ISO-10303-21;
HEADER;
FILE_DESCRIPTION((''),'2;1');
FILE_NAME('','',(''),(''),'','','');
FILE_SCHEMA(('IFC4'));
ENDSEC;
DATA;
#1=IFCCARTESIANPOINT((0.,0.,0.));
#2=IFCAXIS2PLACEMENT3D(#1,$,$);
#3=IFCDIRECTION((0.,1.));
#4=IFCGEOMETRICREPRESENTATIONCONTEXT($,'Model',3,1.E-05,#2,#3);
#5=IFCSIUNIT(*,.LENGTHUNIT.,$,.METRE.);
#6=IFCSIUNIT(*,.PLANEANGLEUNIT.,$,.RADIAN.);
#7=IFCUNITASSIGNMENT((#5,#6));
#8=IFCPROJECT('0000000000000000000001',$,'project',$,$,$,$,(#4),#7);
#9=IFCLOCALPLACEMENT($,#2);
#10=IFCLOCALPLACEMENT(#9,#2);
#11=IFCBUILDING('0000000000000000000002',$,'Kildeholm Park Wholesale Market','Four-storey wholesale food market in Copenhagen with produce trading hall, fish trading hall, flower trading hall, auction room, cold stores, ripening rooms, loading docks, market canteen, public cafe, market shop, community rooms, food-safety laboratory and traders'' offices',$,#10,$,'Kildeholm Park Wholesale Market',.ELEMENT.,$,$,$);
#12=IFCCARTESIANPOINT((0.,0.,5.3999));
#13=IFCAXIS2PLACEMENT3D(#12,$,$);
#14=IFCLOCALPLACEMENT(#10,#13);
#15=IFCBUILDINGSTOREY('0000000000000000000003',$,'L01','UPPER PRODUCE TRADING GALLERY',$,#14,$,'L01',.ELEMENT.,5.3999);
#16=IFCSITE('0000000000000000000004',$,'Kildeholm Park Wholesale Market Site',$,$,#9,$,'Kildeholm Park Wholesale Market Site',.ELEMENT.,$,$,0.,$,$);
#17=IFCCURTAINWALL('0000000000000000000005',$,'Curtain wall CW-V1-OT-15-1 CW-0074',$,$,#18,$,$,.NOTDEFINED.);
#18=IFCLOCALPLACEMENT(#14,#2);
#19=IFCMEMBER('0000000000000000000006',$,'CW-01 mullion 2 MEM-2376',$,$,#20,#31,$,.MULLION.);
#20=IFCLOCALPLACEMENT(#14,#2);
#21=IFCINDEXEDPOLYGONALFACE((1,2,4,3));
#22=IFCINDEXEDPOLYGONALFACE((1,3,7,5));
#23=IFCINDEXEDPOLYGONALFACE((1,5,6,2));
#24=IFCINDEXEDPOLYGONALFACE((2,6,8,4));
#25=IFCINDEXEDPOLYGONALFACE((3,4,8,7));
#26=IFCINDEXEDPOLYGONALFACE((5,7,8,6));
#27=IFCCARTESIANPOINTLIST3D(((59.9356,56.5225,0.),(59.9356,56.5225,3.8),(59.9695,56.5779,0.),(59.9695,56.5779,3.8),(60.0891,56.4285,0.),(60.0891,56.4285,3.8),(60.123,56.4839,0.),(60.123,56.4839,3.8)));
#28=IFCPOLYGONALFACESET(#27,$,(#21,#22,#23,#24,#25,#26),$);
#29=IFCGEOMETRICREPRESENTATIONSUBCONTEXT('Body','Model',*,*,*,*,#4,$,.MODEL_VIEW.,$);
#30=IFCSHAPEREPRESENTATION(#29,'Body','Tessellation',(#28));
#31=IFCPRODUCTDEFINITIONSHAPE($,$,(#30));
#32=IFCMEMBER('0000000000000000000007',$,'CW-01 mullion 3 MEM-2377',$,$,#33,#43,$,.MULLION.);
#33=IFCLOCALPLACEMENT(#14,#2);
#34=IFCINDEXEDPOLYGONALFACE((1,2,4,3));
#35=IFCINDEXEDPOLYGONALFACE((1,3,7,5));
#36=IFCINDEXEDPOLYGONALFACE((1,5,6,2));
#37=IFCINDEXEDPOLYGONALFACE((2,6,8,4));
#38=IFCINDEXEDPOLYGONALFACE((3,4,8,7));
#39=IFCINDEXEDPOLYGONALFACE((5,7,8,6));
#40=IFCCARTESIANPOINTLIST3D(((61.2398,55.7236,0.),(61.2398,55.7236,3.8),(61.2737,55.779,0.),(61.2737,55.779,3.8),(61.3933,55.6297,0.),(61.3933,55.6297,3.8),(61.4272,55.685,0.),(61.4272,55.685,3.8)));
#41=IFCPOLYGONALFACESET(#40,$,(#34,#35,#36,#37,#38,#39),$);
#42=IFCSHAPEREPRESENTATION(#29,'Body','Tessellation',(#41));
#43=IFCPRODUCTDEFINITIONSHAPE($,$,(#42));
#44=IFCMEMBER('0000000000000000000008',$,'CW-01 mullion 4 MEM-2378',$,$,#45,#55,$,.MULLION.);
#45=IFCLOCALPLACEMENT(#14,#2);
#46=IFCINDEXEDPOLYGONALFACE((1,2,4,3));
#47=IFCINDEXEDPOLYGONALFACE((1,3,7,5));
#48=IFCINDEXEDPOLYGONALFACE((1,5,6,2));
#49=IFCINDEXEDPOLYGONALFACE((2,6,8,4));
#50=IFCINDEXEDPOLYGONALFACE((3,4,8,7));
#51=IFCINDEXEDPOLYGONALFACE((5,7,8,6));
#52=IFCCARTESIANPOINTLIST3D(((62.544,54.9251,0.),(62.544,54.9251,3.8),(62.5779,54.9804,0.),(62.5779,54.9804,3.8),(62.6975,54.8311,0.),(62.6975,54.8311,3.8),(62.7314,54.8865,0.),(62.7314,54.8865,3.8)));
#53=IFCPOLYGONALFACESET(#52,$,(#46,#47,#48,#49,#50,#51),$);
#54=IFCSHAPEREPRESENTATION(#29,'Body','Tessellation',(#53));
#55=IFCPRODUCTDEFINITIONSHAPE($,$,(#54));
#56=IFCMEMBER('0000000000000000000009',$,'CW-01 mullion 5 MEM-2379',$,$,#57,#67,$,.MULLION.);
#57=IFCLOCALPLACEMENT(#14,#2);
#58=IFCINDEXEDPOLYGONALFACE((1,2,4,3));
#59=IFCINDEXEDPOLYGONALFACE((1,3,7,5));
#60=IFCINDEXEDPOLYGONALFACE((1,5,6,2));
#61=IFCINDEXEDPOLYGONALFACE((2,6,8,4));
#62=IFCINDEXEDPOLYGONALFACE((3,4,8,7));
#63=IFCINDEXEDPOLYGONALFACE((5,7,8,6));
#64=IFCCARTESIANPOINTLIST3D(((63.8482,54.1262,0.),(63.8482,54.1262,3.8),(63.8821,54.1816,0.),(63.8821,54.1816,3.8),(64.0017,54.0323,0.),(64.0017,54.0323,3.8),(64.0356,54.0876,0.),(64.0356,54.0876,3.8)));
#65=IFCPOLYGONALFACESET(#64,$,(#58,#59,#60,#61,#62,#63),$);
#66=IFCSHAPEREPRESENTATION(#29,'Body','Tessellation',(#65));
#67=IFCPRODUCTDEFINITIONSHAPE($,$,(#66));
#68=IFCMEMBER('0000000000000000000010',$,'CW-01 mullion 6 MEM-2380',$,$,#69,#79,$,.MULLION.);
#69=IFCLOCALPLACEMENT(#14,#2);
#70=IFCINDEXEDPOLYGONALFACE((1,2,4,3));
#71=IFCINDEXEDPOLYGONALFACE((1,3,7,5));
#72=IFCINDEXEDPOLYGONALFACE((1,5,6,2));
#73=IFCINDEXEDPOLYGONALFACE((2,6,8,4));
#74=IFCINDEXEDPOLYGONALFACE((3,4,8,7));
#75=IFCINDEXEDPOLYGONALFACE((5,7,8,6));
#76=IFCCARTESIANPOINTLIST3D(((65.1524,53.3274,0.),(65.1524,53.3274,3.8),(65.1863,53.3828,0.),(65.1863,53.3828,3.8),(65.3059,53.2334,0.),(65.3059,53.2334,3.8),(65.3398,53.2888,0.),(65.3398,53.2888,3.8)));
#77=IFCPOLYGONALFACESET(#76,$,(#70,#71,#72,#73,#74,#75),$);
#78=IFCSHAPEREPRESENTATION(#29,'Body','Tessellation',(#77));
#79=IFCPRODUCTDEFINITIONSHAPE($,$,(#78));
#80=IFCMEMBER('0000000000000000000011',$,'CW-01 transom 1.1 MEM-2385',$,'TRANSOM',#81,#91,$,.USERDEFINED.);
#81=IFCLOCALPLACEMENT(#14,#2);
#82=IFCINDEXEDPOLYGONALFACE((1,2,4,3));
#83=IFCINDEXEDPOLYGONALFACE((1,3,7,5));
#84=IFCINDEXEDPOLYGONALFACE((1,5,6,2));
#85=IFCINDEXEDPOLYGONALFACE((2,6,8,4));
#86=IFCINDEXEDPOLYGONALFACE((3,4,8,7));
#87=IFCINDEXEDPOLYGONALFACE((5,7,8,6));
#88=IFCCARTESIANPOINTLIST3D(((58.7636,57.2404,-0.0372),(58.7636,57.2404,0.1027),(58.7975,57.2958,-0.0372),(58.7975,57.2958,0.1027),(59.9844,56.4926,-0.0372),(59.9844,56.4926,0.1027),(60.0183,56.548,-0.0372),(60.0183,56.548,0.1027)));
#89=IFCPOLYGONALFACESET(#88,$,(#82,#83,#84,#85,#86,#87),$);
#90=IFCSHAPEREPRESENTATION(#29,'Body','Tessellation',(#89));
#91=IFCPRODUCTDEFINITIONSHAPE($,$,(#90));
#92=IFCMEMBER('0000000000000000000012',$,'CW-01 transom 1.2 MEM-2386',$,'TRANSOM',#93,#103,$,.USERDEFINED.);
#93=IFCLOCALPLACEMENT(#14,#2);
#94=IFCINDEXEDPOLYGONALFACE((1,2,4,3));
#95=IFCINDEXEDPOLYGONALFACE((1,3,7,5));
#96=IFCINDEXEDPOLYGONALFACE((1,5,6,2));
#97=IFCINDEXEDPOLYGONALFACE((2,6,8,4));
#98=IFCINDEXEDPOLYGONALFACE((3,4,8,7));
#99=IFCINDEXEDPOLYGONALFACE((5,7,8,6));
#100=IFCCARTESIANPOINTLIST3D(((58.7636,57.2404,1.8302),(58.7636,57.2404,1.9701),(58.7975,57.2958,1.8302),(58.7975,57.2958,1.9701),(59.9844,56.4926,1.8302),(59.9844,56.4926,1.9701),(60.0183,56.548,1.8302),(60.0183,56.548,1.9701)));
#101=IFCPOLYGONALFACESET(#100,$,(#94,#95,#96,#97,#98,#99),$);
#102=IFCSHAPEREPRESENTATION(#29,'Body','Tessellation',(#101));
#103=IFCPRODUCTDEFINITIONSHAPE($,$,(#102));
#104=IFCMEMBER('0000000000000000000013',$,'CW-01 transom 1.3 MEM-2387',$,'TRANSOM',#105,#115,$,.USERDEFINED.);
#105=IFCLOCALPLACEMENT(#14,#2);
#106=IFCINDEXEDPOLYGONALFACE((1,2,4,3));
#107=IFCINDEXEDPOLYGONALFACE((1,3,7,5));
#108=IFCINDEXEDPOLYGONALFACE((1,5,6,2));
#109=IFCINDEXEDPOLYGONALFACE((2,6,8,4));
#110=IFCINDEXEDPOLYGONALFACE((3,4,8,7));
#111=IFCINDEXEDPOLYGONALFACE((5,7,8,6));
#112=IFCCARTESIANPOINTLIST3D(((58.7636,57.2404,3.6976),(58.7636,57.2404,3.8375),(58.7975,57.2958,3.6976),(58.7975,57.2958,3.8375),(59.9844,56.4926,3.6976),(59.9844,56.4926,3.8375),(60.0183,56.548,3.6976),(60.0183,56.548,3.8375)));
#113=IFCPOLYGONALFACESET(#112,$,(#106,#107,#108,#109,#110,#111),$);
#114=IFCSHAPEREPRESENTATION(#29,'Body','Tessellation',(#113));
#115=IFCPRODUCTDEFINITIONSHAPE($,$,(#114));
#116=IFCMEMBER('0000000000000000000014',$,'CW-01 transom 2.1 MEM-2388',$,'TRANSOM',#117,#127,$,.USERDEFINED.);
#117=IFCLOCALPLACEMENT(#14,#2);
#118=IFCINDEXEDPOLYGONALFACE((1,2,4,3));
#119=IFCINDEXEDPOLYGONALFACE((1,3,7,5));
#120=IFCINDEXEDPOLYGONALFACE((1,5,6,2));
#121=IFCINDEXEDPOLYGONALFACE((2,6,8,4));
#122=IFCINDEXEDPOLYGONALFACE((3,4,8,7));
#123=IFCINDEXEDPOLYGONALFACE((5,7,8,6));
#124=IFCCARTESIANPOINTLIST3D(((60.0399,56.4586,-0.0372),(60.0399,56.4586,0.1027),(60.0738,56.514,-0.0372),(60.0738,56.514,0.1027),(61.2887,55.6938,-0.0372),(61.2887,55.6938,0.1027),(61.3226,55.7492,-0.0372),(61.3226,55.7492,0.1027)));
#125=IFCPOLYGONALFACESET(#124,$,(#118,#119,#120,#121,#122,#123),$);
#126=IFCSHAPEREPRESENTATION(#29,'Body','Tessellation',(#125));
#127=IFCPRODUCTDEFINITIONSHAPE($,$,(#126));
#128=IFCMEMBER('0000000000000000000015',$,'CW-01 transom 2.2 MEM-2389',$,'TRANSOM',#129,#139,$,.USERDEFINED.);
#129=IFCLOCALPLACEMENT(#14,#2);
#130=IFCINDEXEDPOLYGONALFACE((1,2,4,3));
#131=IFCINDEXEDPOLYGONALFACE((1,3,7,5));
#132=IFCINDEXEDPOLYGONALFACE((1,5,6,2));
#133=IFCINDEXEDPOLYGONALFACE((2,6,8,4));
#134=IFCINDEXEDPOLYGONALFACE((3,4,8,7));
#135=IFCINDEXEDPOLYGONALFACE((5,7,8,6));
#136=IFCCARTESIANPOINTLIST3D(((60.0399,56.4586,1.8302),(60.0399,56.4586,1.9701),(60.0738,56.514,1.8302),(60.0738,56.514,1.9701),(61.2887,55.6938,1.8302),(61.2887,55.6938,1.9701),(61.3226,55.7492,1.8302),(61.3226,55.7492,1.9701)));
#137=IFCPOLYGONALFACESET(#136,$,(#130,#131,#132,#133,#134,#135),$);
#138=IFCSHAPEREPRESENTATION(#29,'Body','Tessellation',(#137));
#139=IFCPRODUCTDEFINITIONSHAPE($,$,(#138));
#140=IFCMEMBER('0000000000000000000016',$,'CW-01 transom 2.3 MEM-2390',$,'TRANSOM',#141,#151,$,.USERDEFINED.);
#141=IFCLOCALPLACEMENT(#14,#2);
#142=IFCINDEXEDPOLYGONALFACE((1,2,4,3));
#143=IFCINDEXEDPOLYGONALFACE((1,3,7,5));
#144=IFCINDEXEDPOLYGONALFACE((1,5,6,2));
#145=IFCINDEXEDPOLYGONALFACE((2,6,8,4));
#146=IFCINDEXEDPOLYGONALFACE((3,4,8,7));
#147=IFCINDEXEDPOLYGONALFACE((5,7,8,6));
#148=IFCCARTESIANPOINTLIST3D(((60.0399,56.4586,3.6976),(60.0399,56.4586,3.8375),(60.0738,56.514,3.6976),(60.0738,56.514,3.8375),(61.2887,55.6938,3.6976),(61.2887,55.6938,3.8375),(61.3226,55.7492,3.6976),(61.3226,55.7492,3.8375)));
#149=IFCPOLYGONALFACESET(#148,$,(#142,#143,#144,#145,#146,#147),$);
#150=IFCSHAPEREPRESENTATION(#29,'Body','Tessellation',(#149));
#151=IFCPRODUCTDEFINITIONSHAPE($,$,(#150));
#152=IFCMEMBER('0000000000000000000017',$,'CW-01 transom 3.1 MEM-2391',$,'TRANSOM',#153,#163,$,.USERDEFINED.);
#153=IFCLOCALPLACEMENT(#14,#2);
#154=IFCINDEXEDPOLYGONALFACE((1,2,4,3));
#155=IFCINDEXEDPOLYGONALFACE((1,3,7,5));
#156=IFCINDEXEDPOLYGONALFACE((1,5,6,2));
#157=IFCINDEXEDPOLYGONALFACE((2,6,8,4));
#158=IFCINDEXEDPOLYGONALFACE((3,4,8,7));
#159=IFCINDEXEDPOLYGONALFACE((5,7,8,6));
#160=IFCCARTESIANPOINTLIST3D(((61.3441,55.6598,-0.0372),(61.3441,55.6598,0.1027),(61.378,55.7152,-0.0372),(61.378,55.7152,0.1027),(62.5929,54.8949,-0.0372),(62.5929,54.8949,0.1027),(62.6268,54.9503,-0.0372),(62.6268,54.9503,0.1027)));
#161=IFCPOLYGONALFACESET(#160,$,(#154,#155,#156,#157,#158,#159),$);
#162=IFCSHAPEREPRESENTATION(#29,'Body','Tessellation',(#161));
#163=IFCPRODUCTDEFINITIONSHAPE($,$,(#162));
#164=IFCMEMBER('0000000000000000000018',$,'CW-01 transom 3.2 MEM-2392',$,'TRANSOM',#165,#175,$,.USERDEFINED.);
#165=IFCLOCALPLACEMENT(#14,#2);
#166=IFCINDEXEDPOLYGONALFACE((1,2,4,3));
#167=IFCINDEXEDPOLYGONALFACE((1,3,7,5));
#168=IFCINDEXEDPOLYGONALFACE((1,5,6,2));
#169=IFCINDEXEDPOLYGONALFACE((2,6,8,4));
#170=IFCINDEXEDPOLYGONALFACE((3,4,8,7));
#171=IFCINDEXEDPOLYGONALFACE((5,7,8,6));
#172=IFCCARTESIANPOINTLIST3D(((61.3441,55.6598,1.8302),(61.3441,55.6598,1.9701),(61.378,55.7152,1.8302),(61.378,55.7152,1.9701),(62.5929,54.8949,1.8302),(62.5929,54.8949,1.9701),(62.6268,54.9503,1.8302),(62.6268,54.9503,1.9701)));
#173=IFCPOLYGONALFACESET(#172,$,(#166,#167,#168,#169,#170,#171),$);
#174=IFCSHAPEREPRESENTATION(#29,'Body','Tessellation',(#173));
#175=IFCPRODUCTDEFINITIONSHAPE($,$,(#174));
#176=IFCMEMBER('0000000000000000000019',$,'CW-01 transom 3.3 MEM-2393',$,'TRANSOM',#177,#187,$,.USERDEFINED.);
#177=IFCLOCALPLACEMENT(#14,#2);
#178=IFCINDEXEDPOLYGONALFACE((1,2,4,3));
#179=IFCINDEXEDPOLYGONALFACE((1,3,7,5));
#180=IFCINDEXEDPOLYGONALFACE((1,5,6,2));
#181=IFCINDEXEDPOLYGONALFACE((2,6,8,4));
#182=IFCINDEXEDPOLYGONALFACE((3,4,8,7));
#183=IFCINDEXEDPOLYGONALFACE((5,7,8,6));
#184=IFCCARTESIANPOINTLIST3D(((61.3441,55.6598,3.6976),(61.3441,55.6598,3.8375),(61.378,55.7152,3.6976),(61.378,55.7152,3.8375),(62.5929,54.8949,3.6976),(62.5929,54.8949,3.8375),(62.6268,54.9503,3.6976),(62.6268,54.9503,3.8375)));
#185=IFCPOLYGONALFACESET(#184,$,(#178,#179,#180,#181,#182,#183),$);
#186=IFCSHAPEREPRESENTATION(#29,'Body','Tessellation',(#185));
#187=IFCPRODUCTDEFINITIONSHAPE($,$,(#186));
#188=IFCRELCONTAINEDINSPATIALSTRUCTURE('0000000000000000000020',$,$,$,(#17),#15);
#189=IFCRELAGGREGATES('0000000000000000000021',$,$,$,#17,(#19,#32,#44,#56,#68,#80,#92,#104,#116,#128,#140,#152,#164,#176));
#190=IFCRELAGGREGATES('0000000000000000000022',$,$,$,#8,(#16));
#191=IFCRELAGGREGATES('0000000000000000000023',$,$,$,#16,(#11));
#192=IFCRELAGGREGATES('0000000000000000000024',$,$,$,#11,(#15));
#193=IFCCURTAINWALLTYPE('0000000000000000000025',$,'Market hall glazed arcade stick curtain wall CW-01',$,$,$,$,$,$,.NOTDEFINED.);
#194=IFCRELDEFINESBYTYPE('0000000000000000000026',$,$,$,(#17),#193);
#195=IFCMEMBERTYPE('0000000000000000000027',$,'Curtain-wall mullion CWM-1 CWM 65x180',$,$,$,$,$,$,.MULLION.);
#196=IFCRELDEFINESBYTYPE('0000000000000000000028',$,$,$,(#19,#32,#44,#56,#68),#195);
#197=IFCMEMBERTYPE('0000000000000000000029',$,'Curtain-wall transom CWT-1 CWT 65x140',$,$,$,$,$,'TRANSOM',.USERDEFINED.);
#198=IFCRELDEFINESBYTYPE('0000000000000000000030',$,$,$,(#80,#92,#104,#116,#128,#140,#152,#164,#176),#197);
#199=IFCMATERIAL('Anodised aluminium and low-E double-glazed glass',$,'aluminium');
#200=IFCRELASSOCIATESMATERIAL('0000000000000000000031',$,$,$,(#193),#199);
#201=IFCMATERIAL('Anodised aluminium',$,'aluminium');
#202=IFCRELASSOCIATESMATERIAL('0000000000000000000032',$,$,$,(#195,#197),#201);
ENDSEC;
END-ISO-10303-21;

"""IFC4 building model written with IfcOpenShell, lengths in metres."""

from ifc_helpers import new_model, si_unit, direction, frame, origin, origin_2d, place, context, subcontext, project, spatial, rectangle, extrude, material, material_profile, profile_set, type_object, element, aggregate, save


model = new_model("IFC4")

# Units and contexts
model_context = context("Model", 3, precision=1e-05, world=origin(), true_north=direction((0.0, 1.0)))
body_context = subcontext(model_context, "Body", "Model", "MODEL_VIEW")
ifc_project = project(units=[si_unit("LENGTHUNIT", "METRE"), si_unit("PLANEANGLEUNIT", "RADIAN")], contexts=[model_context])

# Site, building, storey
site_placement = place(None, origin())
site = spatial("IfcSite", under=ifc_project, at=site_placement, Name="Kildeholm Park Wholesale Market Site", LongName="Kildeholm Park Wholesale Market Site", CompositionType="ELEMENT", RefElevation=0.0)
building_placement = place(site_placement, origin())
building = spatial("IfcBuilding", under=site, at=building_placement, Name="Kildeholm Park Wholesale Market", Description="Four-storey wholesale food market in Copenhagen with produce trading hall, fish trading hall, flower trading hall, auction room, cold stores, ripening rooms, loading docks, market canteen, public cafe, market shop, community rooms, food-safety laboratory and traders' offices", LongName="Kildeholm Park Wholesale Market", CompositionType="ELEMENT")
storey_placement = place(building_placement, frame((0.0, 0.0, 5.3999)))
storey = spatial("IfcBuildingStorey", under=building, at=storey_placement, Name="L01", Description="UPPER PRODUCE TRADING GALLERY", LongName="L01", CompositionType="ELEMENT", Elevation=5.3999)

# Curtain wall, members
ifc_material_1 = material(Name="Anodised aluminium and low-E double-glazed glass", Category="aluminium")
curtain_wall_type = type_object("IfcCurtainWallType", Name="Market hall glazed arcade stick curtain wall CW-01", PredefinedType="NOTDEFINED", material=ifc_material_1)
curtain_wall_placement = place(storey_placement, origin())
curtain_wall = element("IfcCurtainWall", 1, at=curtain_wall_placement, inside=storey, type_object=curtain_wall_type, Name="Curtain wall CW-V1-OT-15-1 CW-0074", PredefinedType="NOTDEFINED")
ifc_material_2 = material(Name="Anodised aluminium", Category="aluminium")
ifc_material_profile_1 = material_profile(ifc_material_2, rectangle(XDim=0.0649, YDim=0.1799, at=origin_2d()), Name="CWM 65x180")
ifc_profile_set_1 = profile_set([ifc_material_profile_1], Name="Anodised aluminium")
member_type_1 = type_object("IfcMemberType", Name="Curtain-wall mullion CWM-1 CWM 65x180", PredefinedType="MULLION", material=ifc_profile_set_1)
member_1_placement = place(storey_placement, frame((60.0293, 56.5032, 0.0), z_axis=(0.0, 0.0, 1.0), x_axis=(0.522284, 0.852771, 0.0)))
member_1 = element("IfcMember", 2, at=member_1_placement, type_object=member_type_1, Name="CW-01 mullion 2 MEM-2376", PredefinedType="MULLION", context=body_context, shape_type="SweptSolid", body=[
    extrude(rectangle(XDim=0.0649, YDim=0.1799, at=origin_2d()), origin(), (0.0, 0.0, 1.0), 3.8),
])
member_2_placement = place(storey_placement, frame((61.3335, 55.7043, 0.0), z_axis=(0.0, 0.0, 1.0), x_axis=(0.522284, 0.852771, 0.0)))
member_2 = element("IfcMember", 3, at=member_2_placement, type_object=member_type_1, Name="CW-01 mullion 3 MEM-2377", PredefinedType="MULLION", context=body_context, shape_type="SweptSolid", body=[
    extrude(rectangle(XDim=0.0649, YDim=0.1799, at=origin_2d()), origin(), (0.0, 0.0, 1.0), 3.8),
])
member_3_placement = place(storey_placement, frame((62.6377, 54.9058, 0.0), z_axis=(0.0, 0.0, 1.0), x_axis=(0.522284, 0.852771, 0.0)))
member_3 = element("IfcMember", 4, at=member_3_placement, type_object=member_type_1, Name="CW-01 mullion 4 MEM-2378", PredefinedType="MULLION", context=body_context, shape_type="SweptSolid", body=[
    extrude(rectangle(XDim=0.0649, YDim=0.1799, at=origin_2d()), origin(), (0.0, 0.0, 1.0), 3.8),
])
member_4_placement = place(storey_placement, frame((63.9419, 54.1069, 0.0), z_axis=(0.0, 0.0, 1.0), x_axis=(0.522284, 0.852771, 0.0)))
member_4 = element("IfcMember", 5, at=member_4_placement, type_object=member_type_1, Name="CW-01 mullion 5 MEM-2379", PredefinedType="MULLION", context=body_context, shape_type="SweptSolid", body=[
    extrude(rectangle(XDim=0.0649, YDim=0.1799, at=origin_2d()), origin(), (0.0, 0.0, 1.0), 3.8),
])
member_5_placement = place(storey_placement, frame((65.2461, 53.3081, 0.0), z_axis=(0.0, 0.0, 1.0), x_axis=(0.522284, 0.852771, 0.0)))
member_5 = element("IfcMember", 6, at=member_5_placement, type_object=member_type_1, Name="CW-01 mullion 6 MEM-2380", PredefinedType="MULLION", context=body_context, shape_type="SweptSolid", body=[
    extrude(rectangle(XDim=0.0649, YDim=0.1799, at=origin_2d()), origin(), (0.0, 0.0, 1.0), 3.8),
])
ifc_material_profile_2 = material_profile(ifc_material_2, rectangle(XDim=0.0649, YDim=0.1399, at=origin_2d()), Name="CWT 65x140")
ifc_profile_set_2 = profile_set([ifc_material_profile_2], Name="Anodised aluminium")
member_type_2 = type_object("IfcMemberType", Name="Curtain-wall transom CWT-1 CWT 65x140", ElementType="TRANSOM", PredefinedType="USERDEFINED", material=ifc_profile_set_2)
member_6_placement = place(storey_placement, frame((58.7805, 57.2681, 0.0327), z_axis=(0.852763, -0.522298, 0.0), x_axis=(0.522298, 0.852763, 0.0)))
member_6 = element("IfcMember", 7, at=member_6_placement, type_object=member_type_2, Name="CW-01 transom 1.1 MEM-2385", ObjectType="TRANSOM", PredefinedType="USERDEFINED", context=body_context, shape_type="SweptSolid", body=[
    extrude(rectangle(XDim=0.0649, YDim=0.1399, at=origin_2d()), origin(), (0.0, 0.0, 1.0), 1.4316),
])
member_7_placement = place(storey_placement, frame((58.7805, 57.2681, 1.9001), z_axis=(0.852763, -0.522298, 0.0), x_axis=(0.522298, 0.852763, 0.0)))
member_7 = element("IfcMember", 8, at=member_7_placement, type_object=member_type_2, Name="CW-01 transom 1.2 MEM-2386", ObjectType="TRANSOM", PredefinedType="USERDEFINED", context=body_context, shape_type="SweptSolid", body=[
    extrude(rectangle(XDim=0.0649, YDim=0.1399, at=origin_2d()), origin(), (0.0, 0.0, 1.0), 1.4316),
])
member_8_placement = place(storey_placement, frame((58.7805, 57.2681, 3.7676), z_axis=(0.852763, -0.522298, 0.0), x_axis=(0.522298, 0.852763, 0.0)))
member_8 = element("IfcMember", 9, at=member_8_placement, type_object=member_type_2, Name="CW-01 transom 1.3 MEM-2387", ObjectType="TRANSOM", PredefinedType="USERDEFINED", context=body_context, shape_type="SweptSolid", body=[
    extrude(rectangle(XDim=0.0649, YDim=0.1399, at=origin_2d()), origin(), (0.0, 0.0, 1.0), 1.4316),
])
member_9_placement = place(storey_placement, frame((60.0569, 56.4863, 0.0327), z_axis=(0.85275, -0.52232, 0.0), x_axis=(0.52232, 0.85275, 0.0)))
member_9 = element("IfcMember", 10, at=member_9_placement, type_object=member_type_2, Name="CW-01 transom 2.1 MEM-2388", ObjectType="TRANSOM", PredefinedType="USERDEFINED", context=body_context, shape_type="SweptSolid", body=[
    extrude(rectangle(XDim=0.0649, YDim=0.1399, at=origin_2d()), origin(), (0.0, 0.0, 1.0), 1.4644),
])
member_10_placement = place(storey_placement, frame((60.0569, 56.4863, 1.9001), z_axis=(0.85275, -0.52232, 0.0), x_axis=(0.52232, 0.85275, 0.0)))
member_10 = element("IfcMember", 11, at=member_10_placement, type_object=member_type_2, Name="CW-01 transom 2.2 MEM-2389", ObjectType="TRANSOM", PredefinedType="USERDEFINED", context=body_context, shape_type="SweptSolid", body=[
    extrude(rectangle(XDim=0.0649, YDim=0.1399, at=origin_2d()), origin(), (0.0, 0.0, 1.0), 1.4644),
])
member_11_placement = place(storey_placement, frame((60.0569, 56.4863, 3.7676), z_axis=(0.85275, -0.52232, 0.0), x_axis=(0.52232, 0.85275, 0.0)))
member_11 = element("IfcMember", 12, at=member_11_placement, type_object=member_type_2, Name="CW-01 transom 2.3 MEM-2390", ObjectType="TRANSOM", PredefinedType="USERDEFINED", context=body_context, shape_type="SweptSolid", body=[
    extrude(rectangle(XDim=0.0649, YDim=0.1399, at=origin_2d()), origin(), (0.0, 0.0, 1.0), 1.4644),
])
member_12_placement = place(storey_placement, frame((61.3611, 55.6875, 0.0327), z_axis=(0.85275, -0.52232, 0.0), x_axis=(0.52232, 0.85275, 0.0)))
member_12 = element("IfcMember", 13, at=member_12_placement, type_object=member_type_2, Name="CW-01 transom 3.1 MEM-2391", ObjectType="TRANSOM", PredefinedType="USERDEFINED", context=body_context, shape_type="SweptSolid", body=[
    extrude(rectangle(XDim=0.0649, YDim=0.1399, at=origin_2d()), origin(), (0.0, 0.0, 1.0), 1.4644),
])
member_13_placement = place(storey_placement, frame((61.3611, 55.6875, 1.9001), z_axis=(0.85275, -0.52232, 0.0), x_axis=(0.52232, 0.85275, 0.0)))
member_13 = element("IfcMember", 14, at=member_13_placement, type_object=member_type_2, Name="CW-01 transom 3.2 MEM-2392", ObjectType="TRANSOM", PredefinedType="USERDEFINED", context=body_context, shape_type="SweptSolid", body=[
    extrude(rectangle(XDim=0.0649, YDim=0.1399, at=origin_2d()), origin(), (0.0, 0.0, 1.0), 1.4644),
])
member_14_placement = place(storey_placement, frame((61.3611, 55.6875, 3.7676), z_axis=(0.85275, -0.52232, 0.0), x_axis=(0.52232, 0.85275, 0.0)))
member_14 = element("IfcMember", 15, at=member_14_placement, type_object=member_type_2, Name="CW-01 transom 3.3 MEM-2393", ObjectType="TRANSOM", PredefinedType="USERDEFINED", context=body_context, shape_type="SweptSolid", body=[
    extrude(rectangle(XDim=0.0649, YDim=0.1399, at=origin_2d()), origin(), (0.0, 0.0, 1.0), 1.4644),
])
aggregate(curtain_wall, [member_1, member_2, member_3, member_4, member_5, member_6, member_7, member_8, member_9, member_10, member_11, member_12, member_13, member_14])

save(model, "model.ifc")
